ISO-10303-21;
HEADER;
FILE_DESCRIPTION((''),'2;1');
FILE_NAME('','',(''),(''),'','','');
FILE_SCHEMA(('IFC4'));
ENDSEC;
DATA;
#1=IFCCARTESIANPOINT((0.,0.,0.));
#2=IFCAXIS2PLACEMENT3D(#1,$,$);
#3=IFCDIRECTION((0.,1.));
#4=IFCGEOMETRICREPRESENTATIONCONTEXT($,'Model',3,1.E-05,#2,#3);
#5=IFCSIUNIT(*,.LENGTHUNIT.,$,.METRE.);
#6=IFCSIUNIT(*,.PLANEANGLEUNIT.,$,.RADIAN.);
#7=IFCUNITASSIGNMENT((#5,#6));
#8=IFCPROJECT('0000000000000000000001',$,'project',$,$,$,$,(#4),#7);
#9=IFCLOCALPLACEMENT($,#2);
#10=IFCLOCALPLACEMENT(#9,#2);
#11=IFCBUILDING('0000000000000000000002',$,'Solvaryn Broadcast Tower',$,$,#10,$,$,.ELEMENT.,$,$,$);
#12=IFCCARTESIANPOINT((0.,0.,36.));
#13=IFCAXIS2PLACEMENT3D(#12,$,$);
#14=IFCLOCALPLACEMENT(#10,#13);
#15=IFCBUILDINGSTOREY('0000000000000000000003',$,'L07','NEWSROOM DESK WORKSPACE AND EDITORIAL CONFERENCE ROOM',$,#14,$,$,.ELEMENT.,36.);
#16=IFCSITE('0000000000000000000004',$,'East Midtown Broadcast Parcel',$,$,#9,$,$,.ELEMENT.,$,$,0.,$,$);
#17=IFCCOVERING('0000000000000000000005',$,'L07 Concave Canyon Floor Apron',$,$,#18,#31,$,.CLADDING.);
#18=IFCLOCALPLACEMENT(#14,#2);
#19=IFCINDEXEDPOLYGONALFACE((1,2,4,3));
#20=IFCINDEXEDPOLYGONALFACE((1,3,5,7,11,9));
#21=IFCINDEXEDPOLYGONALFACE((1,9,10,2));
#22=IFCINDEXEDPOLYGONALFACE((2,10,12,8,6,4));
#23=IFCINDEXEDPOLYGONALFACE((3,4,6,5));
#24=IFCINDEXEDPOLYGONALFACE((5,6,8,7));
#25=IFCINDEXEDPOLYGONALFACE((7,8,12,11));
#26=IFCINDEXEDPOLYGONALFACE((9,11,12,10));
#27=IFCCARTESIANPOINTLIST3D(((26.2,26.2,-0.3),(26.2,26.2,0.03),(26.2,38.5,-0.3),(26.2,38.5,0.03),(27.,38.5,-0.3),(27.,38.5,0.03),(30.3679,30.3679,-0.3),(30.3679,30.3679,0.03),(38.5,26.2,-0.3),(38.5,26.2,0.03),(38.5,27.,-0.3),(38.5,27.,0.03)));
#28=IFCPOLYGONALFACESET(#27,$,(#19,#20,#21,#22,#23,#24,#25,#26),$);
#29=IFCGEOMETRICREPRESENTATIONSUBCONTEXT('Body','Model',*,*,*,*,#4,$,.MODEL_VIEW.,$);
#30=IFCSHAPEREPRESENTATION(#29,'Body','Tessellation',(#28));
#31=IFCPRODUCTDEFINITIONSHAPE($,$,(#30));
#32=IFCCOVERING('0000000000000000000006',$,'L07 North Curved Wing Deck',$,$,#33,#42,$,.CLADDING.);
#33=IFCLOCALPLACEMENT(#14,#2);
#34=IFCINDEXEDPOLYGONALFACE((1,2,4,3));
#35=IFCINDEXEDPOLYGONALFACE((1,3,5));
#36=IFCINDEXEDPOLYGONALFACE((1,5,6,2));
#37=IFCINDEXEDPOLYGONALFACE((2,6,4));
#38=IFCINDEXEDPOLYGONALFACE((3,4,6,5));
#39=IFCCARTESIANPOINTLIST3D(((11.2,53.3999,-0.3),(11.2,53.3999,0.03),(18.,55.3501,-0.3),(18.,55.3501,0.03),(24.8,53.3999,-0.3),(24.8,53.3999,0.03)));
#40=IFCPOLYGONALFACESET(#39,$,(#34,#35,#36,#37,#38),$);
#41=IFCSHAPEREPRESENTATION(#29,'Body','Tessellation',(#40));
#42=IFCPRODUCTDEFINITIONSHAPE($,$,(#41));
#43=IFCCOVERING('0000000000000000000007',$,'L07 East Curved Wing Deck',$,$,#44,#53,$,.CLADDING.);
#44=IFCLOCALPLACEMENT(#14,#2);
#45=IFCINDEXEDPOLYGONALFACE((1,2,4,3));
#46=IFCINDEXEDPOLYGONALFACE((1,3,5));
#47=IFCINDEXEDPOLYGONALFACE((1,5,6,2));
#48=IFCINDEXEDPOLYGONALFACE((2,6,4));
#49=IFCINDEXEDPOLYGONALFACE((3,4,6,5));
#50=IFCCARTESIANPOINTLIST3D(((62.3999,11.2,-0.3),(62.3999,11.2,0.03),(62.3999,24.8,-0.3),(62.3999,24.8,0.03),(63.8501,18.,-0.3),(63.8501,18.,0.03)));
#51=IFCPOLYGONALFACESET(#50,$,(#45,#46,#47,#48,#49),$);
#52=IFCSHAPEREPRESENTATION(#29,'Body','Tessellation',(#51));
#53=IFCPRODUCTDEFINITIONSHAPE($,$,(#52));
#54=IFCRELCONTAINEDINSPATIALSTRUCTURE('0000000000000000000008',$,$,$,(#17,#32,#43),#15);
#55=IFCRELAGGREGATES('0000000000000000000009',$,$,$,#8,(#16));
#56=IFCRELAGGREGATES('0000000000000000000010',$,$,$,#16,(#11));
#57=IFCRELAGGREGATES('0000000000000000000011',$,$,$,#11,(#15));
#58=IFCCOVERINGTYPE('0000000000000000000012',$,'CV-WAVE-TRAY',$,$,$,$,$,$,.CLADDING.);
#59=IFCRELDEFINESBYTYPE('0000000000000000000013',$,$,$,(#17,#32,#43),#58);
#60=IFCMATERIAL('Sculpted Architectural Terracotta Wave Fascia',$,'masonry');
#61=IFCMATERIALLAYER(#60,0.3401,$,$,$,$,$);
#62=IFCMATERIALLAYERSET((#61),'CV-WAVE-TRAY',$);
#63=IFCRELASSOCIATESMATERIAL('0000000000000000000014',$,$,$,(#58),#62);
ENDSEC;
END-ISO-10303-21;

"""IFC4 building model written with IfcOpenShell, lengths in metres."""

from ifc_helpers import new_model, si_unit, direction, frame, origin, place, context, subcontext, project, spatial, polyline, outline, extrude, material, layer, layer_set, type_object, element, save


model = new_model("IFC4")

# Units and contexts
model_context = context("Model", 3, precision=1e-05, world=origin(), true_north=direction((0.0, 1.0)))
body_context = subcontext(model_context, "Body", "Model", "MODEL_VIEW")
ifc_project = project(units=[si_unit("LENGTHUNIT", "METRE"), si_unit("PLANEANGLEUNIT", "RADIAN")], contexts=[model_context])

# Site, building, storey
site_placement = place(None, origin())
site = spatial("IfcSite", under=ifc_project, at=site_placement, Name="East Midtown Broadcast Parcel", CompositionType="ELEMENT", RefElevation=0.0)
building_placement = place(site_placement, origin())
building = spatial("IfcBuilding", under=site, at=building_placement, Name="Solvaryn Broadcast Tower", CompositionType="ELEMENT")
storey_placement = place(building_placement, frame((0.0, 0.0, 36.0)))
storey = spatial("IfcBuildingStorey", under=building, at=storey_placement, Name="L07", Description="NEWSROOM DESK WORKSPACE AND EDITORIAL CONFERENCE ROOM", CompositionType="ELEMENT", Elevation=36.0)

# Coverings
ifc_material_1 = material(Name="Sculpted Architectural Terracotta Wave Fascia", Category="masonry")
ifc_layer_1 = layer(ifc_material_1, 0.3401)
ifc_layer_set_1 = layer_set([ifc_layer_1], Name="CV-WAVE-TRAY")
covering_type_1 = type_object("IfcCoveringType", Name="CV-WAVE-TRAY", PredefinedType="CLADDING", material=ifc_layer_set_1)
covering_1_placement = place(storey_placement, frame((0.0, 0.0, -0.3)))
element("IfcCovering", 1, at=covering_1_placement, inside=storey, type_object=covering_type_1, Name="L07 Concave Canyon Floor Apron", PredefinedType="CLADDING", context=body_context, shape_type="SweptSolid", body=[
    extrude(outline(polyline([(26.2, 26.2), (38.5, 26.2), (38.5, 27.0), (30.3679, 30.3679), (27.0, 38.5), (26.2, 38.5), (26.2, 26.2)])), origin(), (0.0, 0.0, 1.0), 0.3301),
])
covering_2_placement = place(storey_placement, frame((0.0, 0.0, -0.3)))
element("IfcCovering", 2, at=covering_2_placement, inside=storey, type_object=covering_type_1, Name="L07 North Curved Wing Deck", PredefinedType="CLADDING", context=body_context, shape_type="SweptSolid", body=[
    extrude(outline(polyline([(11.2, 53.3999), (24.8, 53.3999), (18.0, 55.3501), (11.2, 53.3999)])), origin(), (0.0, 0.0, 1.0), 0.3301),
])
covering_3_placement = place(storey_placement, frame((0.0, 0.0, -0.3)))
element("IfcCovering", 3, at=covering_3_placement, inside=storey, type_object=covering_type_1, Name="L07 East Curved Wing Deck", PredefinedType="CLADDING", context=body_context, shape_type="SweptSolid", body=[
    extrude(outline(polyline([(62.3999, 11.2), (63.8501, 18.0), (62.3999, 24.8), (62.3999, 11.2)])), origin(), (0.0, 0.0, 1.0), 0.3301),
])

save(model, "model.ifc")
